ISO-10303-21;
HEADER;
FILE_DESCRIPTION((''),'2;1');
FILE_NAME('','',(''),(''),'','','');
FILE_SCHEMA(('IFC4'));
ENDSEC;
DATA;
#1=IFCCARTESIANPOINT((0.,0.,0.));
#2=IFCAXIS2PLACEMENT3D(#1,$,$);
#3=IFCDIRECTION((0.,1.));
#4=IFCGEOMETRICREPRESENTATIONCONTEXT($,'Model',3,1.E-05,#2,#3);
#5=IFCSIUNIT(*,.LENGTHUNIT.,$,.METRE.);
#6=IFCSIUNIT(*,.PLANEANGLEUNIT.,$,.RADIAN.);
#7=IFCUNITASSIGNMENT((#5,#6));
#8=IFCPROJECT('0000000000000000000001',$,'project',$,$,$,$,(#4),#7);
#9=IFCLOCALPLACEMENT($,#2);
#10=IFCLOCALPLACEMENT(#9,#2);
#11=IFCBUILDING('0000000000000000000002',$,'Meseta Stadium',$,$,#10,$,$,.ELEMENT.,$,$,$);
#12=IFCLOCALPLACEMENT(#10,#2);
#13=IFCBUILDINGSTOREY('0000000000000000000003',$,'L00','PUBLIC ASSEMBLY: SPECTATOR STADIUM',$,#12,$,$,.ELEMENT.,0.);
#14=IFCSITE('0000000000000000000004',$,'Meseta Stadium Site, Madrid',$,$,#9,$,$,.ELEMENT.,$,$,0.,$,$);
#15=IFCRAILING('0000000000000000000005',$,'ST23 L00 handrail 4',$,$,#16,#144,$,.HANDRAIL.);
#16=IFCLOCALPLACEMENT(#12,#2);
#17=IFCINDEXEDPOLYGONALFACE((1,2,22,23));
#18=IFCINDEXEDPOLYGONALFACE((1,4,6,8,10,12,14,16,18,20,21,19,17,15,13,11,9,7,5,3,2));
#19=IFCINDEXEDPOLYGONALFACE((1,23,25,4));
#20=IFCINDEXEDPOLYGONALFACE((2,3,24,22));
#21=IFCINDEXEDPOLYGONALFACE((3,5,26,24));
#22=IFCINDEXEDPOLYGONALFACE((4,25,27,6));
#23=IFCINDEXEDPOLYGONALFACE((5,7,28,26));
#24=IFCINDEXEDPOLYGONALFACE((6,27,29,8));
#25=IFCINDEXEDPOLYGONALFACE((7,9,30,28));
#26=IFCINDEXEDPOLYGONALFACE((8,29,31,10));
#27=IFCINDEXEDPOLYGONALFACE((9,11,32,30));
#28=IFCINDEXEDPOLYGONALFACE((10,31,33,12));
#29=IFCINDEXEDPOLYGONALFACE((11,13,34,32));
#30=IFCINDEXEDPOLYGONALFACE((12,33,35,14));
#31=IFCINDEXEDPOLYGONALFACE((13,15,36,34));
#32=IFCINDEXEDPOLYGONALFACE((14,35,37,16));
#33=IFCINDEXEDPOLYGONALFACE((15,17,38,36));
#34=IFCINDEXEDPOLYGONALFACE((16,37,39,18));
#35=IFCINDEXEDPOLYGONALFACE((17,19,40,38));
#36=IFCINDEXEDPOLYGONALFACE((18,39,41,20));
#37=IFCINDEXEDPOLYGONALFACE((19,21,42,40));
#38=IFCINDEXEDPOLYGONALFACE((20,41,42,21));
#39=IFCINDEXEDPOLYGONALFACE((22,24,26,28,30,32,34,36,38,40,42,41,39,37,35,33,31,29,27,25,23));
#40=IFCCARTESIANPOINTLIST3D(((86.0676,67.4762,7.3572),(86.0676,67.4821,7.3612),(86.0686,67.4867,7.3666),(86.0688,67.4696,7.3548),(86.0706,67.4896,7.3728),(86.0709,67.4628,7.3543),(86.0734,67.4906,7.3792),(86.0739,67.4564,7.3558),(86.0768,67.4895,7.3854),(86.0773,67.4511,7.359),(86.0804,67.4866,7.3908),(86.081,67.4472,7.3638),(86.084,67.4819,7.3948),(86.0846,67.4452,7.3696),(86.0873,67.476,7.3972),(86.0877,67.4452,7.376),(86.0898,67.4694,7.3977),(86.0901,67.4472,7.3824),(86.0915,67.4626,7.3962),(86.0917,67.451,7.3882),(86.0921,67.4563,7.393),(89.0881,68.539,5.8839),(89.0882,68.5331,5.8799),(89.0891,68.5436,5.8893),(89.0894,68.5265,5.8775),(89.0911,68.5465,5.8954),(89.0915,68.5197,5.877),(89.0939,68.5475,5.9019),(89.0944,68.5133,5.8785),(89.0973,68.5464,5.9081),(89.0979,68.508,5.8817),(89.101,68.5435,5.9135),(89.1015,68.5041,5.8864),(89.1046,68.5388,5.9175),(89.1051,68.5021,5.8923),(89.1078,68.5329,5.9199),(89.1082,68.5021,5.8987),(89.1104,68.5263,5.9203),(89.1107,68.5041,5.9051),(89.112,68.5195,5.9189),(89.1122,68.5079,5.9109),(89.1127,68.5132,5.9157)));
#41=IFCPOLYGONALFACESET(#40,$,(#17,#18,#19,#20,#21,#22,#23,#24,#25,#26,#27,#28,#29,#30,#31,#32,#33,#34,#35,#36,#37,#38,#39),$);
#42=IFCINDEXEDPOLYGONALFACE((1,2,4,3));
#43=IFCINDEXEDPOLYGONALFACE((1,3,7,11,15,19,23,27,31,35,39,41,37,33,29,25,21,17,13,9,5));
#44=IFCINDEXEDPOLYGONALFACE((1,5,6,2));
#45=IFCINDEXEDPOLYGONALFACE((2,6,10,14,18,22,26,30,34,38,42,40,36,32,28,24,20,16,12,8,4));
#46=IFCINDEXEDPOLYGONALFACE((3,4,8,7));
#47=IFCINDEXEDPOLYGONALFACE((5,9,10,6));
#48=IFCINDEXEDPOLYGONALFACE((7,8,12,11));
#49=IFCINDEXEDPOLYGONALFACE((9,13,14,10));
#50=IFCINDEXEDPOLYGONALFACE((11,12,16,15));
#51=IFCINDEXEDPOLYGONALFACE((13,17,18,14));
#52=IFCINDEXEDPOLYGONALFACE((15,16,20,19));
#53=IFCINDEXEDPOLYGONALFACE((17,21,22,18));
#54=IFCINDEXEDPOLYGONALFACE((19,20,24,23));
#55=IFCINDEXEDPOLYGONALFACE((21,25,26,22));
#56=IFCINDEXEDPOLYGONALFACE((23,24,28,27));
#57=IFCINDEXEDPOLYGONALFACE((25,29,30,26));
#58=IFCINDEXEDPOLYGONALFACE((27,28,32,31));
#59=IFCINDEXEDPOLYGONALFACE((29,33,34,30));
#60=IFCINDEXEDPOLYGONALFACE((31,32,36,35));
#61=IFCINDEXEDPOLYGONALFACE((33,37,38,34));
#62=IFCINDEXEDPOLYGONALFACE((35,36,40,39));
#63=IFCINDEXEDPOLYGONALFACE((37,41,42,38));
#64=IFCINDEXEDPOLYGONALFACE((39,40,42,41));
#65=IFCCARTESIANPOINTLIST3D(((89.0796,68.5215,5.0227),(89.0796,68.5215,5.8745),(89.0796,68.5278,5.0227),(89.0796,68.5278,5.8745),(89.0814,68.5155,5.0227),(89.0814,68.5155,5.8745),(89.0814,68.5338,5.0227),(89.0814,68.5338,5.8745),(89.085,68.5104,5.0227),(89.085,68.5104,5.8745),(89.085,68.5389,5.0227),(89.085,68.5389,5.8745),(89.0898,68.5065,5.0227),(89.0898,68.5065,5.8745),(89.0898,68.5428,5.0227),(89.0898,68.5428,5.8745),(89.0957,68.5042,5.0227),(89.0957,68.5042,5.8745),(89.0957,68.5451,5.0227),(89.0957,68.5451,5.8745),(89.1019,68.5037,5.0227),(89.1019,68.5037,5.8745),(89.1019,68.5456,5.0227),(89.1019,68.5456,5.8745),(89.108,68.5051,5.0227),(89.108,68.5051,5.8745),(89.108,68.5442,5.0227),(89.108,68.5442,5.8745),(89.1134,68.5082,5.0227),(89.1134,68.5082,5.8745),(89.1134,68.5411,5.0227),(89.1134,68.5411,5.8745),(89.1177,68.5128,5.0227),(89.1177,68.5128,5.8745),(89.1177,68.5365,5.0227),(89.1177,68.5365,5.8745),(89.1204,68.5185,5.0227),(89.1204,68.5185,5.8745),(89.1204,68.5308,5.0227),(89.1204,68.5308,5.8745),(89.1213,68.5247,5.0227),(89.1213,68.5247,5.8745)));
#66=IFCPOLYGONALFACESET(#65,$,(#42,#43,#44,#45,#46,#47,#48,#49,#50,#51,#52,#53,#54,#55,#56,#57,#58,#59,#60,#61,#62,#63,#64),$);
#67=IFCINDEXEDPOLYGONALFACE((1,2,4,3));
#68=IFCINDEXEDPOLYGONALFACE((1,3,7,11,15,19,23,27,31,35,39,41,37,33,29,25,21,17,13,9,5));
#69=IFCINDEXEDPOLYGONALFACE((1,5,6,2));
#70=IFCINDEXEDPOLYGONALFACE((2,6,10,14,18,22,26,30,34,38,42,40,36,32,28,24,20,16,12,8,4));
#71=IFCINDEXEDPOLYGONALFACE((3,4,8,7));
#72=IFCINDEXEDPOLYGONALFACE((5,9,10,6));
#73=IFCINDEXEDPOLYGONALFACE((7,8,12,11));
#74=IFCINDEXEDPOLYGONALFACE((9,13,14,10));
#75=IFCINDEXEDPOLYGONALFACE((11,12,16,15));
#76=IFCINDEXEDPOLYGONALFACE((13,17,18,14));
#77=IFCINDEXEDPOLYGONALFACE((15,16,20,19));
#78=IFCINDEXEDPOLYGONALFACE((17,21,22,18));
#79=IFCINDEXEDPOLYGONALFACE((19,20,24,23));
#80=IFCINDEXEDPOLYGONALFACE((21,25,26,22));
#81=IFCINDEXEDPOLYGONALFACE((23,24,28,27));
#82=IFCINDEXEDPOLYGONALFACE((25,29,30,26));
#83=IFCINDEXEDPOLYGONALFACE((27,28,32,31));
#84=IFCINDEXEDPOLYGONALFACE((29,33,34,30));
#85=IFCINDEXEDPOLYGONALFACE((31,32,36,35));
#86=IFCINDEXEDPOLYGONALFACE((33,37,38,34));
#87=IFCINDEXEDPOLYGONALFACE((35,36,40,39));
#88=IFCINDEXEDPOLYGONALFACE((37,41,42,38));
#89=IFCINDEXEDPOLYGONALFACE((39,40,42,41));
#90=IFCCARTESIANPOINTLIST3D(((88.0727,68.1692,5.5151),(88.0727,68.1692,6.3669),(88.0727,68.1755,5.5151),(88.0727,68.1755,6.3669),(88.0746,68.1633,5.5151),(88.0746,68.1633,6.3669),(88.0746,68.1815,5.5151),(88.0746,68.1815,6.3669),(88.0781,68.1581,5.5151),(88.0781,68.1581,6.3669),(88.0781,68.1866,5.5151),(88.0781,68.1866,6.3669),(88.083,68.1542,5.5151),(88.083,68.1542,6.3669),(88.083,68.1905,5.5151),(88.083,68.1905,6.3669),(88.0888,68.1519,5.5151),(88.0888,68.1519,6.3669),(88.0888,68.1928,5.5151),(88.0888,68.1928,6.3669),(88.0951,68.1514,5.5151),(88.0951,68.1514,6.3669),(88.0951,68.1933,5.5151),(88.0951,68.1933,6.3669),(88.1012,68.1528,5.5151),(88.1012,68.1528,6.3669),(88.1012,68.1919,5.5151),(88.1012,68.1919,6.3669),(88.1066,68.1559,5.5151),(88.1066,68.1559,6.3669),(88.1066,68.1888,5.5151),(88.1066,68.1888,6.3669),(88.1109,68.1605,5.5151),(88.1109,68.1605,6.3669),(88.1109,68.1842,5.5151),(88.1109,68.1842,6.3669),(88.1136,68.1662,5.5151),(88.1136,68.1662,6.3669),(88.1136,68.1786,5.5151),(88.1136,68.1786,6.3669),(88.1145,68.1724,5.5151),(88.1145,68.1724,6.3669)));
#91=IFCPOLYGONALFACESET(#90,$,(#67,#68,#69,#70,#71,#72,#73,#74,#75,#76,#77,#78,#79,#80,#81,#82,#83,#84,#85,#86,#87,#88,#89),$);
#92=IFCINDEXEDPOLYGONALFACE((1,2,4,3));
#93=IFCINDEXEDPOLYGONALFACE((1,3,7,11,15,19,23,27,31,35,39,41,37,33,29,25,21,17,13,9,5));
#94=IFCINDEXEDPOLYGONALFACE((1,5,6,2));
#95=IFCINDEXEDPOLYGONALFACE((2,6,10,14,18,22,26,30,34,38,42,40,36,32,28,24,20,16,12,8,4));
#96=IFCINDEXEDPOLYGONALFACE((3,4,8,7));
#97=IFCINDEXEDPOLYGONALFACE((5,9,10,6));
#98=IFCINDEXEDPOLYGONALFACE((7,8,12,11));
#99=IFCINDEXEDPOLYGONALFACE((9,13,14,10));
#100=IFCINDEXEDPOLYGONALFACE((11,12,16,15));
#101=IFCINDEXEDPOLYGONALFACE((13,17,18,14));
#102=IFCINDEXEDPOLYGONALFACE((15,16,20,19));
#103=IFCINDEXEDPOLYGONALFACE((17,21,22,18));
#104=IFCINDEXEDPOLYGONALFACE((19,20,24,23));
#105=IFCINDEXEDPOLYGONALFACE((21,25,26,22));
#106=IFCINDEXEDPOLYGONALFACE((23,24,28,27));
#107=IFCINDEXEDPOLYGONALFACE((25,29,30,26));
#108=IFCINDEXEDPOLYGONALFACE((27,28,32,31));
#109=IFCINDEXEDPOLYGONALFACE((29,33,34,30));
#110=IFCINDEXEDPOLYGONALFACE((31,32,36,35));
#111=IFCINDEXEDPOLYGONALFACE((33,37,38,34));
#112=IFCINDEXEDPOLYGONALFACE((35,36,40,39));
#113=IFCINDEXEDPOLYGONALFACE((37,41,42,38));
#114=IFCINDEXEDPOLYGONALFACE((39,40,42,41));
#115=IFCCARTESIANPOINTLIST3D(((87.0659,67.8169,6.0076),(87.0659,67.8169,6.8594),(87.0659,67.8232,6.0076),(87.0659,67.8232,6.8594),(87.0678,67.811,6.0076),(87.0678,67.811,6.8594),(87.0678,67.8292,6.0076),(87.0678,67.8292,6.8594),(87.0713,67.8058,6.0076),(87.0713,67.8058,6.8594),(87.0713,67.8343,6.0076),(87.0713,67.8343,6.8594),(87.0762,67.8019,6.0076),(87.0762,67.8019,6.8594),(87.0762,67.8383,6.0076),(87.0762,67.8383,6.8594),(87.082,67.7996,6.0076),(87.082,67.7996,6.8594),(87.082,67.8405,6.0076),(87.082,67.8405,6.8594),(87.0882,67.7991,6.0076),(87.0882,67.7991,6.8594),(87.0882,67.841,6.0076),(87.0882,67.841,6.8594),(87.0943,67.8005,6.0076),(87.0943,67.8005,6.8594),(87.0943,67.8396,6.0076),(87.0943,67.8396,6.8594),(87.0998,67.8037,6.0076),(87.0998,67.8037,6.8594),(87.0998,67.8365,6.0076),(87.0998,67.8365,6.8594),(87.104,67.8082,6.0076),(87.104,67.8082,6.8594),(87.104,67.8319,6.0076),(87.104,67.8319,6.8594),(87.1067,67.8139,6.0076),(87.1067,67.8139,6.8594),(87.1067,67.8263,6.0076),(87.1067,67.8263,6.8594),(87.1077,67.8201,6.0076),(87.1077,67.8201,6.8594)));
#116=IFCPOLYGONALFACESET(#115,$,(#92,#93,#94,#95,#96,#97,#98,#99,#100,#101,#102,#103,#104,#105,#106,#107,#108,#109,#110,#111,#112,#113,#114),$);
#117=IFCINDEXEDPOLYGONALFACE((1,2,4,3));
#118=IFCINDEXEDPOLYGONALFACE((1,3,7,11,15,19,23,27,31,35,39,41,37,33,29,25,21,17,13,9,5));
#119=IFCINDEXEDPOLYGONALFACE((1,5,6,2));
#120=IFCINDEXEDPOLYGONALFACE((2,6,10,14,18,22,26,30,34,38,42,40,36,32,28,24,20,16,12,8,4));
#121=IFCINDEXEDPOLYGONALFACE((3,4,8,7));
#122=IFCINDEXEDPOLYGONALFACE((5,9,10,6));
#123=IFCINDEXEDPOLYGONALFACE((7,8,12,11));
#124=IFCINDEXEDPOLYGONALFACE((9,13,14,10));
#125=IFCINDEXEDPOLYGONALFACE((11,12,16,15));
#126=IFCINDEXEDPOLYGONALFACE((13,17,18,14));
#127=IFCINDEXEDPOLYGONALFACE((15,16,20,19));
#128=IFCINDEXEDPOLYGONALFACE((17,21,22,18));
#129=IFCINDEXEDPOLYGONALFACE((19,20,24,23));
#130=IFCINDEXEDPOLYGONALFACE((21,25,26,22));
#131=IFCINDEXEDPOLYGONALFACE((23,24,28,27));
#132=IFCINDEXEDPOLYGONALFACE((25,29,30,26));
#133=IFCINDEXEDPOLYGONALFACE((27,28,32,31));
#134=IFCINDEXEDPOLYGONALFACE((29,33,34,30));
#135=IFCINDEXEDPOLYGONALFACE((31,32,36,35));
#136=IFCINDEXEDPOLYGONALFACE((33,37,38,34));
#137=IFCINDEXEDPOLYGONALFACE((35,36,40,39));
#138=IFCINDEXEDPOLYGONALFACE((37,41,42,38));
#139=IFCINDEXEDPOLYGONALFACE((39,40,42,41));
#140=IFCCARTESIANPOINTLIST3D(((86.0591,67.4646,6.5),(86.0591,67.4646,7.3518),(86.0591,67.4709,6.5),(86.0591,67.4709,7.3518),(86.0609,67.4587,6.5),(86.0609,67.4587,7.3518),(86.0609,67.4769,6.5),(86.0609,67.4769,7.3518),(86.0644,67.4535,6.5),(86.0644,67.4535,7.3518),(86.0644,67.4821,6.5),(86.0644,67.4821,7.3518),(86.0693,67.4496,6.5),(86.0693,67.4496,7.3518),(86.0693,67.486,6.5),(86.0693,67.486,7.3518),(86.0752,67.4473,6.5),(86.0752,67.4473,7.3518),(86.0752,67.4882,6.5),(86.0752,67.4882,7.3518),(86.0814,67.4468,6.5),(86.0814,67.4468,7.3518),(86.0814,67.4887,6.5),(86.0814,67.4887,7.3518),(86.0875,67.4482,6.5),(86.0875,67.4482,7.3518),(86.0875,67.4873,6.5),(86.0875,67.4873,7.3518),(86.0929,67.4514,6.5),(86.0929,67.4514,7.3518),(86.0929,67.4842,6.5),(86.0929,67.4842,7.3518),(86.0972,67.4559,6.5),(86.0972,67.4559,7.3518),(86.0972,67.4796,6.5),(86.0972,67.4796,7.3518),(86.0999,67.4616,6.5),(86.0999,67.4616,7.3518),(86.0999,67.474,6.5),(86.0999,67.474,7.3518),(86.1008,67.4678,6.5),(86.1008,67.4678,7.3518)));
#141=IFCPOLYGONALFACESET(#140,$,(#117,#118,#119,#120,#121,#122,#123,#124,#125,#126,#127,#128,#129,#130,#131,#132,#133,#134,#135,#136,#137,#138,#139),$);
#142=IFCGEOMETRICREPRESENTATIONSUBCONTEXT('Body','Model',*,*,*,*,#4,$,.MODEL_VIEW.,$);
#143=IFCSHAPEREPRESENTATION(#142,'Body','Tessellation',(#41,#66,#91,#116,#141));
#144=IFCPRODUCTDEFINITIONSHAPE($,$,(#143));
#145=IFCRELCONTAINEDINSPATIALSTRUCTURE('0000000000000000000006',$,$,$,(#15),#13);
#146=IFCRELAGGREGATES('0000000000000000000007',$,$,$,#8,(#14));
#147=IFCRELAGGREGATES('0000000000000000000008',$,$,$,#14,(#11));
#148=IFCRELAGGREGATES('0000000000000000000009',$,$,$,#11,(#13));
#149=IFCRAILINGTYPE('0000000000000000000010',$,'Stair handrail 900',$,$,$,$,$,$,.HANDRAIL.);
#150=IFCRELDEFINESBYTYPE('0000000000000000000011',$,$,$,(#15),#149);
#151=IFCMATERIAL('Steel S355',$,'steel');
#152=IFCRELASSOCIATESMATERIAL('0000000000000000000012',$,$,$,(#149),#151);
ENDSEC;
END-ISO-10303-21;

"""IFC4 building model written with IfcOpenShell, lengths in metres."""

from ifc_helpers import new_model, si_unit, direction, frame, origin, origin_2d, place, context, subcontext, project, spatial, circle, extrude, material, type_object, element, save


model = new_model("IFC4")

# Units and contexts
model_context = context("Model", 3, precision=1e-05, world=origin(), true_north=direction((0.0, 1.0)))
body_context = subcontext(model_context, "Body", "Model", "MODEL_VIEW")
ifc_project = project(units=[si_unit("LENGTHUNIT", "METRE"), si_unit("PLANEANGLEUNIT", "RADIAN")], contexts=[model_context])

# Site, building, storey
site_placement = place(None, origin())
site = spatial("IfcSite", under=ifc_project, at=site_placement, Name="Meseta Stadium Site, Madrid", CompositionType="ELEMENT", RefElevation=0.0)
building_placement = place(site_placement, origin())
building = spatial("IfcBuilding", under=site, at=building_placement, Name="Meseta Stadium", CompositionType="ELEMENT")
storey_placement = place(building_placement, origin())
storey = spatial("IfcBuildingStorey", under=building, at=storey_placement, Name="L00", Description="PUBLIC ASSEMBLY: SPECTATOR STADIUM", CompositionType="ELEMENT", Elevation=0.0)

# Railing
ifc_material_1 = material(Name="Steel S355", Category="steel")
railing_type_1 = type_object("IfcRailingType", Name="Stair handrail 900", PredefinedType="HANDRAIL", material=ifc_material_1)
for number, where, name in (
    (1, (89.1003, 68.5247, 5.0227), "ST23 L00 handrail 4"),
):
    element("IfcRailing", number, at=place(storey_placement, frame(where)), inside=storey, type_object=railing_type_1, Name=name, PredefinedType="HANDRAIL", context=body_context, shape_type="SweptSolid", body=[
        extrude(circle(Radius=0.0239, at=origin_2d()), frame((0.0, 0.0, 0.876), z_axis=(-0.856977, -0.299859, 0.419137), x_axis=(0.330269, -0.943887, 0.0)), (0.0, 0.0, 1.0), 3.5247),
        extrude(circle(Radius=0.021, at=origin_2d()), origin(), (0.0, 0.0, 1.0), 0.8518),
        extrude(circle(Radius=0.021, at=origin_2d()), frame((-1.0068, -0.3523, 0.4924)), (0.0, 0.0, 1.0), 0.8518),
        extrude(circle(Radius=0.021, at=origin_2d()), frame((-2.0137, -0.7046, 0.9849)), (0.0, 0.0, 1.0), 0.8518),
        extrude(circle(Radius=0.021, at=origin_2d()), frame((-3.0205, -1.0569, 1.4773)), (0.0, 0.0, 1.0), 0.8518),
    ])

save(model, "model.ifc")
